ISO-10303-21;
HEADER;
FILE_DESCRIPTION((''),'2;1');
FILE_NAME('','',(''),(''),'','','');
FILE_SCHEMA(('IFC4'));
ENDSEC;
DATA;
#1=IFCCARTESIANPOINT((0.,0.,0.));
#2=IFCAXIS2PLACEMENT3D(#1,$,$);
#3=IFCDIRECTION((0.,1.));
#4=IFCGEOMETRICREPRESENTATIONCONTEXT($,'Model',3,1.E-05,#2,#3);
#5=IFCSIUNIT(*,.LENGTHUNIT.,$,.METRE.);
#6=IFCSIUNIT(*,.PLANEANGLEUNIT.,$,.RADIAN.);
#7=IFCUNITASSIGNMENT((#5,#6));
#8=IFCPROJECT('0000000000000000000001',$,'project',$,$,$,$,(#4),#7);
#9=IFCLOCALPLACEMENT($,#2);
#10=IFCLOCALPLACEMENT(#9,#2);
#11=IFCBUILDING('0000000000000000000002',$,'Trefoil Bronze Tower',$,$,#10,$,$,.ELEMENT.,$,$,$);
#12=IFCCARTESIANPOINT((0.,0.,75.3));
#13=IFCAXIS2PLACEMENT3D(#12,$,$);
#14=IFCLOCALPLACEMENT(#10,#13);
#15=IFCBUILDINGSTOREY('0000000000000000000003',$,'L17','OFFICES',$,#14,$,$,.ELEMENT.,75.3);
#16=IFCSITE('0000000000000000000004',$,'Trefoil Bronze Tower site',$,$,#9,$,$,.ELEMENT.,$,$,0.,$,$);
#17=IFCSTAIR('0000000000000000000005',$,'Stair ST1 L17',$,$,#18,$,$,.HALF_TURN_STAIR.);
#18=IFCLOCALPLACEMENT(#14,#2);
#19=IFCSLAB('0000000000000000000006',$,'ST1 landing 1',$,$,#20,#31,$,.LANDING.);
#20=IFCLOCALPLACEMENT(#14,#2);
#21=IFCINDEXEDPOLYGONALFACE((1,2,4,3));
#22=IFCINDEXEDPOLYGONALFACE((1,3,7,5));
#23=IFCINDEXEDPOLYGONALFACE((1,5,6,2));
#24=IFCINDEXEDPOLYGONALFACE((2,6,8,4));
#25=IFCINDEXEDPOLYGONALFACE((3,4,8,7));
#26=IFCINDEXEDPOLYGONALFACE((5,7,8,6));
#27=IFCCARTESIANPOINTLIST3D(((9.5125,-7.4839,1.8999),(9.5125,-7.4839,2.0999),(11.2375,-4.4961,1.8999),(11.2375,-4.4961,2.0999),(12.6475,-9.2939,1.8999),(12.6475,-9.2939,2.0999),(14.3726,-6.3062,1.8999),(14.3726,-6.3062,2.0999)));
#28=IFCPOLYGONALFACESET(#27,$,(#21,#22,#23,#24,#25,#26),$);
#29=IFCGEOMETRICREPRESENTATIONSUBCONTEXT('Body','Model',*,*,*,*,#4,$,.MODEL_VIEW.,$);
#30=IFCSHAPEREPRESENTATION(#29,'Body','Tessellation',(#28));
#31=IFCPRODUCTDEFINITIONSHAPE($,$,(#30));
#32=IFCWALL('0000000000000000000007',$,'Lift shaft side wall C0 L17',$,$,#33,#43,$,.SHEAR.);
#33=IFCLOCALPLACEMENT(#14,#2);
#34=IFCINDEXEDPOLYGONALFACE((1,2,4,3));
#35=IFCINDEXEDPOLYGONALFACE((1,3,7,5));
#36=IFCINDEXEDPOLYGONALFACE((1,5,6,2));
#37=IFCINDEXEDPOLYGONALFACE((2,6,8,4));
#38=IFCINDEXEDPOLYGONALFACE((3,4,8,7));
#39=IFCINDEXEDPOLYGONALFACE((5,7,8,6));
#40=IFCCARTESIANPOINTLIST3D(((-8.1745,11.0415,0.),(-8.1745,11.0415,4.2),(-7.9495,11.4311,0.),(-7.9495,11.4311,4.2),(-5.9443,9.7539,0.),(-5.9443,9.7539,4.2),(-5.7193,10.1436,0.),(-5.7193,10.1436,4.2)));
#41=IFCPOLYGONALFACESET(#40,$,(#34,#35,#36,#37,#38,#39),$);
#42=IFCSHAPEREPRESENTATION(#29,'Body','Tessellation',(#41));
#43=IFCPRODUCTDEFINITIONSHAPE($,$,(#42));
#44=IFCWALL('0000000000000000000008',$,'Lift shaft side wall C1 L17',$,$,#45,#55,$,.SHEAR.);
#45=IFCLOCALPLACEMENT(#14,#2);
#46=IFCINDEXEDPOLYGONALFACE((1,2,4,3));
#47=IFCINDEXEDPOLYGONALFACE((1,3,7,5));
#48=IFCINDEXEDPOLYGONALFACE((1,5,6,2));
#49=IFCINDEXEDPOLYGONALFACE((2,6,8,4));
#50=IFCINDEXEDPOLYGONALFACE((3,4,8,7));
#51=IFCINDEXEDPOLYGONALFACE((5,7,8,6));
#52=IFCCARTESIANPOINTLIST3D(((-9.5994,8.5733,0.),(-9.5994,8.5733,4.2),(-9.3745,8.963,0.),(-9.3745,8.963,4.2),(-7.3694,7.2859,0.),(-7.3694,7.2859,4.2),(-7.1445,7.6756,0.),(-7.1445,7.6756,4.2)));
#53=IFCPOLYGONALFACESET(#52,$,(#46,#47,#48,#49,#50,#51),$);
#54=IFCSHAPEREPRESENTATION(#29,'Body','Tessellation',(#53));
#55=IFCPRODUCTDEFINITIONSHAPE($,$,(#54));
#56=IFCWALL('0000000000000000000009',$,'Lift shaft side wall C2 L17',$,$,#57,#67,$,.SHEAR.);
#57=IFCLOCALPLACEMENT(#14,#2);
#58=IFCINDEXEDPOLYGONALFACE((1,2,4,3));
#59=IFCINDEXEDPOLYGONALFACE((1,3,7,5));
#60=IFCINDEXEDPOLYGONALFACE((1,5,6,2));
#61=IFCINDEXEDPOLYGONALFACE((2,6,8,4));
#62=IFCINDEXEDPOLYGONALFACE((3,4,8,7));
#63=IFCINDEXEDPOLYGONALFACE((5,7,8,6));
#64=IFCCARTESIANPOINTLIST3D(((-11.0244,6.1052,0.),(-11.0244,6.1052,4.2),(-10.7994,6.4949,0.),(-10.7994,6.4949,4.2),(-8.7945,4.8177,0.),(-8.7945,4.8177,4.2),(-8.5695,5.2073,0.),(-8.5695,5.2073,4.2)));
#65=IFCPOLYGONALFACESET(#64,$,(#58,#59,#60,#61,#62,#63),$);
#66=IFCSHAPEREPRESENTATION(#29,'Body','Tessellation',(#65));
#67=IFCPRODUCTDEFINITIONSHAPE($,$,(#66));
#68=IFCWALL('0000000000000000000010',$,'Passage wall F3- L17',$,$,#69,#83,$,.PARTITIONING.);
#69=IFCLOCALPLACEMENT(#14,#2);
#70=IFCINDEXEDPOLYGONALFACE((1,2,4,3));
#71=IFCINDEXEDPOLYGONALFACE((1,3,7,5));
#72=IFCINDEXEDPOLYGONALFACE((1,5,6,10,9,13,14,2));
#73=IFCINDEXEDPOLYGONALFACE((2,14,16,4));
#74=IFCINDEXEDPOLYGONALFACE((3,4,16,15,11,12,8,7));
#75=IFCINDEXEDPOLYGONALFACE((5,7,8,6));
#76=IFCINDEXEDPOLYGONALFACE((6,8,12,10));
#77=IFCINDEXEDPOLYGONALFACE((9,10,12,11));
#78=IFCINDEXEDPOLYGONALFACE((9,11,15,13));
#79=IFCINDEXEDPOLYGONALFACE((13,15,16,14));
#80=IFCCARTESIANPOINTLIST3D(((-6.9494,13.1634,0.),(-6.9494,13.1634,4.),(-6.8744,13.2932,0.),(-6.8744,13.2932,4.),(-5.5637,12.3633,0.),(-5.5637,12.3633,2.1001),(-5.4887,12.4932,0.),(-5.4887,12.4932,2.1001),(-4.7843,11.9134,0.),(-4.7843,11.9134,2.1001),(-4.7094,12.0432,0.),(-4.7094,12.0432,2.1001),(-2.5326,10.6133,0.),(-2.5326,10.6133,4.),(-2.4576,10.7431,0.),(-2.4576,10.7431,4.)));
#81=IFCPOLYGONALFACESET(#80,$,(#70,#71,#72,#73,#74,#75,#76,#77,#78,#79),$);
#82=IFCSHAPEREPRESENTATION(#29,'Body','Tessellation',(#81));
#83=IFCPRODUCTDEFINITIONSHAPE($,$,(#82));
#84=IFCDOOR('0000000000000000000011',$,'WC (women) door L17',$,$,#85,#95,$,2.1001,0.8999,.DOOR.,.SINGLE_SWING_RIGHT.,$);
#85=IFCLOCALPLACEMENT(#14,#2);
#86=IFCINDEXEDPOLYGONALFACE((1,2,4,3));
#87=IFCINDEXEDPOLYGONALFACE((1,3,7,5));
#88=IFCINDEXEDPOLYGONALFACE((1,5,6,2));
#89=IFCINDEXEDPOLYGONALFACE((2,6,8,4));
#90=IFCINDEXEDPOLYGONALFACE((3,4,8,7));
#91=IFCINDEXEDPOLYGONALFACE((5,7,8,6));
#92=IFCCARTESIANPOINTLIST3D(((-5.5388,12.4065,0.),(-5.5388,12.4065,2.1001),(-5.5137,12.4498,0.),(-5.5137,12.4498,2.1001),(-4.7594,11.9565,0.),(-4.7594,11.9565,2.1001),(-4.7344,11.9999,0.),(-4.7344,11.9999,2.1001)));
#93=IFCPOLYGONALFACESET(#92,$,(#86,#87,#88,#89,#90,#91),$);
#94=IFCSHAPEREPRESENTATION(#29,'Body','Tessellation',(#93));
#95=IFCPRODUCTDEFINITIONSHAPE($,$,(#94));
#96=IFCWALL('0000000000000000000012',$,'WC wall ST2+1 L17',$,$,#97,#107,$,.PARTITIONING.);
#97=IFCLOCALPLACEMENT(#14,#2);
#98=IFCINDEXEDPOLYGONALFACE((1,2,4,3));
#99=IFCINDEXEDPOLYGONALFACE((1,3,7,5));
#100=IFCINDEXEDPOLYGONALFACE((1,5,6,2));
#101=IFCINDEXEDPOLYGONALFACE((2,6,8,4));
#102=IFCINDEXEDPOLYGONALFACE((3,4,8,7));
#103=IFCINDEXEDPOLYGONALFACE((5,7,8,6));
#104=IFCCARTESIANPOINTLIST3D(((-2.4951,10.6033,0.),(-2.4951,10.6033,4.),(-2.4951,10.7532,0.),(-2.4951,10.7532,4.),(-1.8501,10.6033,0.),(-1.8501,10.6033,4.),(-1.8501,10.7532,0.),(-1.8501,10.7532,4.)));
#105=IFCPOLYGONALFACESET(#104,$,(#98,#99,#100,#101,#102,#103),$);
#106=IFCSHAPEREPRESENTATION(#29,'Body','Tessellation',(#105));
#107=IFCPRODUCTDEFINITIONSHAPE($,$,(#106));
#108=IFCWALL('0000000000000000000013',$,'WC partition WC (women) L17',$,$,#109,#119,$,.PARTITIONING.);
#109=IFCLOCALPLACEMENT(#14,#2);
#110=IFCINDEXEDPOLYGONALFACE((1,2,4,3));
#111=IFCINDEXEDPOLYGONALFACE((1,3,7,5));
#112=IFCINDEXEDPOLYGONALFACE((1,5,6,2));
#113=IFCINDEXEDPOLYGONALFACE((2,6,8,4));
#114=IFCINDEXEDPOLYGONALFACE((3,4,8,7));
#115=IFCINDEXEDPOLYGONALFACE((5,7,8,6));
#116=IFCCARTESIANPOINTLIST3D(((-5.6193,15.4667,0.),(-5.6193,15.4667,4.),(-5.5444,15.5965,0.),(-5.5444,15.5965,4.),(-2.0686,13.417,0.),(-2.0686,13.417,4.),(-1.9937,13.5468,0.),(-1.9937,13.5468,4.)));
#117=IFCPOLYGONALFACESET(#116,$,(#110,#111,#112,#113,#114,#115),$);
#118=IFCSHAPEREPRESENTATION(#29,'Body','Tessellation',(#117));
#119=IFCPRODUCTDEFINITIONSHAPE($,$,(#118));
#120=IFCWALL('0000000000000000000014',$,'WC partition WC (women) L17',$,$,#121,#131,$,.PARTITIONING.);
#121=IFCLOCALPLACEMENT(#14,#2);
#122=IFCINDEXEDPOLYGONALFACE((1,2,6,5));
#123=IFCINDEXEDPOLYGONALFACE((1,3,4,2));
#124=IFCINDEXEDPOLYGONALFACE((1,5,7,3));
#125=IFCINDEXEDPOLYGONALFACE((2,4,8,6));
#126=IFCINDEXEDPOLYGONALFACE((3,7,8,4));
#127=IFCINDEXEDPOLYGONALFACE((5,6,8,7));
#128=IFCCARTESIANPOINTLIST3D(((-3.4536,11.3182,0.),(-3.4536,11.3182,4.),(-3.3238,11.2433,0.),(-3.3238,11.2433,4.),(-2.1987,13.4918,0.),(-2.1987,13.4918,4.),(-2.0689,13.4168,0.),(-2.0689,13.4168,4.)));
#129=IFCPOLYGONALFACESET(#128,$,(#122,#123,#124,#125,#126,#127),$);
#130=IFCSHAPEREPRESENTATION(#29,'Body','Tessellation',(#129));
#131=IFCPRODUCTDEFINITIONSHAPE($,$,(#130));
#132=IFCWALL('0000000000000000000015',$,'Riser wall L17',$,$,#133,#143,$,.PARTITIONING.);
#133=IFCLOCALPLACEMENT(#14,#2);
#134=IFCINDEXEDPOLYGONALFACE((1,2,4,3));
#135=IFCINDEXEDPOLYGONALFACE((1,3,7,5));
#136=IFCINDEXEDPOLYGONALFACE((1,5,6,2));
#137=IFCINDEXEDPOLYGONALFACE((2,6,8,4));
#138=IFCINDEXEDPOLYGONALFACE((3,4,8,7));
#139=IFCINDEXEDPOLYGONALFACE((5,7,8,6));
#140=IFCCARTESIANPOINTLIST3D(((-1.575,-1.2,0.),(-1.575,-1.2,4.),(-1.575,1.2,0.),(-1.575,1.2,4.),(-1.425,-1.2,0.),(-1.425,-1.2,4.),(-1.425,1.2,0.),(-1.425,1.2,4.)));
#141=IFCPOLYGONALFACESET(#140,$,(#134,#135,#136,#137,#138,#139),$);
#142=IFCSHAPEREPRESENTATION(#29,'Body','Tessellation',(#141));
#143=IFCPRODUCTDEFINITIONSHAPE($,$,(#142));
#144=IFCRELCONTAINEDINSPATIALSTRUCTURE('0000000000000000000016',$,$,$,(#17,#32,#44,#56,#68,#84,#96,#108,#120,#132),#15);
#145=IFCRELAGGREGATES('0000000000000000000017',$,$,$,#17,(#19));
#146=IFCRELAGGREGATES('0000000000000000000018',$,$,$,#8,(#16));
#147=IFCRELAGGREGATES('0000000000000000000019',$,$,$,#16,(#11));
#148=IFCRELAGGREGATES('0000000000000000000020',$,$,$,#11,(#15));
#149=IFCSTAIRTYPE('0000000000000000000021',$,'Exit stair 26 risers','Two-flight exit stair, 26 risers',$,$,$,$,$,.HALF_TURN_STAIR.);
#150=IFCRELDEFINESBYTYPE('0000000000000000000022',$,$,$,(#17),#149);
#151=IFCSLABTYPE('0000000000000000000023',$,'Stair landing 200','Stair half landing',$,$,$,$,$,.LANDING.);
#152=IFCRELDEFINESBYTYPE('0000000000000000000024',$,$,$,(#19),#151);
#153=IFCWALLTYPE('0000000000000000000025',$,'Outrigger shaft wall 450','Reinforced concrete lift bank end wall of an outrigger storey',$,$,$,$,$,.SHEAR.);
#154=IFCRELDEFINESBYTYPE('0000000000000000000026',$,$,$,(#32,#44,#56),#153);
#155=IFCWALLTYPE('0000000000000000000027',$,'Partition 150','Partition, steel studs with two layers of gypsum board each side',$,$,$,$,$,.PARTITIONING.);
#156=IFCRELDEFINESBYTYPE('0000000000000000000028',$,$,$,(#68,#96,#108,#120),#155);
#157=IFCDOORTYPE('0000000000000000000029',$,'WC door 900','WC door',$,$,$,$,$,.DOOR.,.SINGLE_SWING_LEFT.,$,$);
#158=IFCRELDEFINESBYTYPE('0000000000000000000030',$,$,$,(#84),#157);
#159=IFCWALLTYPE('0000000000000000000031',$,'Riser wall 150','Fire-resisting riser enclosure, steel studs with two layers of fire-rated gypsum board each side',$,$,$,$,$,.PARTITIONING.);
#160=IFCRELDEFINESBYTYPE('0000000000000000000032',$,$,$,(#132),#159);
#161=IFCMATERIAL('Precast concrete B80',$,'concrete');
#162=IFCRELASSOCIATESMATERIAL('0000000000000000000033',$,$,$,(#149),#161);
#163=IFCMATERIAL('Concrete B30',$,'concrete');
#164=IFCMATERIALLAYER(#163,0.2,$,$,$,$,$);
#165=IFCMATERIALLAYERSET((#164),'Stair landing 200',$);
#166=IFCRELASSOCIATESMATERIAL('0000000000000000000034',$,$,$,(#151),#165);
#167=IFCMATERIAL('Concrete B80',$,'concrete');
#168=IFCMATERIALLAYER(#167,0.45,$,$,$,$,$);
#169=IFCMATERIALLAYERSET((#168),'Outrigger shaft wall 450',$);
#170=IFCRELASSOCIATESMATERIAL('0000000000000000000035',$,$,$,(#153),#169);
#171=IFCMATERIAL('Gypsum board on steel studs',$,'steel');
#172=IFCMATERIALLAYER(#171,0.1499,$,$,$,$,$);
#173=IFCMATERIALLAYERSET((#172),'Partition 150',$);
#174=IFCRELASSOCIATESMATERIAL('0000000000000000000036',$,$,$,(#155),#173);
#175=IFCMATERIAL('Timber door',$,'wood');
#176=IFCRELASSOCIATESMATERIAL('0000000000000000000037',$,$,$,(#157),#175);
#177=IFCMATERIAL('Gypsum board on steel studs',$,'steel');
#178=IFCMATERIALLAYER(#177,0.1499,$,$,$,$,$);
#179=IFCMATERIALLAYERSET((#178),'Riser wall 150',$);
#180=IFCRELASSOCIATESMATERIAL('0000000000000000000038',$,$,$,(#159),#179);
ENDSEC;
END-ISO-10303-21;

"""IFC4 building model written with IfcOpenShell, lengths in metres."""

from ifc_helpers import new_model, si_unit, direction, frame, frame_2d, origin, place, context, subcontext, project, spatial, polyline, rectangle, outline, extrude, material, layer, layer_set, type_object, element, fill, aggregate, save


model = new_model("IFC4")

# Units and contexts
model_context = context("Model", 3, precision=1e-05, world=origin(), true_north=direction((0.0, 1.0)))
body_context = subcontext(model_context, "Body", "Model", "MODEL_VIEW")
ifc_project = project(units=[si_unit("LENGTHUNIT", "METRE"), si_unit("PLANEANGLEUNIT", "RADIAN")], contexts=[model_context])

# Site, building, storey
site_placement = place(None, origin())
site = spatial("IfcSite", under=ifc_project, at=site_placement, Name="Trefoil Bronze Tower site", CompositionType="ELEMENT", RefElevation=0.0)
building_placement = place(site_placement, origin())
building = spatial("IfcBuilding", under=site, at=building_placement, Name="Trefoil Bronze Tower", CompositionType="ELEMENT")
storey_placement = place(building_placement, frame((0.0, 0.0, 75.3)))
storey = spatial("IfcBuildingStorey", under=building, at=storey_placement, Name="L17", Description="OFFICES", CompositionType="ELEMENT", Elevation=75.3)

# Stair, slab
ifc_material_1 = material(Name="Precast concrete B80", Category="concrete")
stair_type = type_object("IfcStairType", Name="Exit stair 26 risers", Description="Two-flight exit stair, 26 risers", PredefinedType="HALF_TURN_STAIR", material=ifc_material_1)
stair_1_placement = place(storey_placement, origin())
stair_1 = element("IfcStair", 1, at=stair_1_placement, inside=storey, type_object=stair_type, Name="Stair ST1 L17", PredefinedType="HALF_TURN_STAIR")
ifc_material_2 = material(Name="Concrete B30", Category="concrete")
ifc_layer_1 = layer(ifc_material_2, 0.2)
ifc_layer_set_1 = layer_set([ifc_layer_1], Name="Stair landing 200")
slab_type = type_object("IfcSlabType", Name="Stair landing 200", Description="Stair half landing", PredefinedType="LANDING", material=ifc_layer_set_1)
slab_placement = place(storey_placement, frame((0.0, 0.0, 1.8999)))
slab = element("IfcSlab", 2, at=slab_placement, type_object=slab_type, Name="ST1 landing 1", PredefinedType="LANDING", context=body_context, shape_type="SweptSolid", body=[
    extrude(outline(polyline([(9.5125, -7.4839), (12.6475, -9.2939), (14.3726, -6.3062), (11.2375, -4.4961), (9.5125, -7.4839)])), origin(), (0.0, 0.0, 1.0), 0.2),
])
aggregate(stair_1, [slab])

# Walls
ifc_material_3 = material(Name="Concrete B80", Category="concrete")
ifc_layer_2 = layer(ifc_material_3, 0.45)
ifc_layer_set_2 = layer_set([ifc_layer_2], Name="Outrigger shaft wall 450")
wall_type_1 = type_object("IfcWallType", Name="Outrigger shaft wall 450", Description="Reinforced concrete lift bank end wall of an outrigger storey", PredefinedType="SHEAR", material=ifc_layer_set_2)
wall_1_placement = place(storey_placement, frame((-5.8318, 9.9487, 0.0), z_axis=(0.0, 0.0, 1.0), x_axis=(-0.866029, 0.499993, 0.0)))
element("IfcWall", 3, at=wall_1_placement, inside=storey, type_object=wall_type_1, Name="Lift shaft side wall C0 L17", PredefinedType="SHEAR", context=body_context, shape_type="SweptSolid", body=[
    extrude(rectangle(XDim=2.5752, YDim=0.45, at=frame_2d((1.2876, 0.0))), origin(), (0.0, 0.0, 1.0), 4.2),
])
for number, where, z_axis, x_axis, name in (
    (4, (-7.2568, 7.4807, 0.0), (0.0, 0.0, 1.0), (-0.866047, 0.499963, 0.0), "Lift shaft side wall C1 L17"),
    (5, (-8.6819, 5.0125, 0.0), (0.0, 0.0, 1.0), (-0.866006, 0.500034, 0.0), "Lift shaft side wall C2 L17"),
):
    element("IfcWall", number, at=place(storey_placement, frame(where, z_axis=z_axis, x_axis=x_axis)), inside=storey, type_object=wall_type_1, Name=name, PredefinedType="SHEAR", context=body_context, shape_type="SweptSolid", body=[
        extrude(rectangle(XDim=2.575, YDim=0.45, at=frame_2d((1.2876, 0.0))), origin(), (0.0, 0.0, 1.0), 4.2),
    ])

# Wall, opening, door
ifc_material_4 = material(Name="Gypsum board on steel studs", Category="steel")
ifc_layer_3 = layer(ifc_material_4, 0.1499)
ifc_layer_set_3 = layer_set([ifc_layer_3], Name="Partition 150")
wall_type_2 = type_object("IfcWallType", Name="Partition 150", Description="Partition, steel studs with two layers of gypsum board each side", PredefinedType="PARTITIONING", material=ifc_layer_set_3)
wall_2_placement = place(storey_placement, frame((-2.4951, 10.6782, 0.0), z_axis=(0.0, 0.0, 1.0), x_axis=(-0.866022, 0.500006, 0.0)))
wall_2 = element("IfcWall", 6, at=wall_2_placement, inside=storey, type_object=wall_type_2, Name="Passage wall F3- L17", PredefinedType="PARTITIONING", context=body_context, shape_type="SweptSolid", body=[
    extrude(rectangle(XDim=5.1001, YDim=0.1499, at=frame_2d((2.55, 0.0))), origin(), (0.0, 0.0, 1.0), 4.0),
])
opening_1_placement = place(wall_2_placement, frame((2.6001, 0.0, 0.0)))
opening_1 = element("IfcOpeningElement", 7, at=opening_1_placement, cuts=wall_2, PredefinedType="OPENING", context=body_context, shape_type="SweptSolid", body=[
    extrude(rectangle(XDim=0.8999, YDim=2.1001, at=frame_2d((0.45, 1.05))), frame((0.0, 0.085, 0.0), z_axis=(0.0, -1.0, 0.0), x_axis=(1.0, 0.0, 0.0)), (0.0, 0.0, 1.0), 0.1699),
])
ifc_material_5 = material(Name="Timber door", Category="wood")
door_type_1 = type_object("IfcDoorType", Name="WC door 900", Description="WC door", OperationType="SINGLE_SWING_LEFT", PredefinedType="DOOR", material=ifc_material_5)
door_1_placement = place(opening_1_placement, frame((0.8999, 0.0, 0.0), z_axis=(0.0, 0.0, 1.0), x_axis=(-1.0, 0.0, 0.0)))
door_1 = element("IfcDoor", 8, at=door_1_placement, inside=storey, type_object=door_type_1, Name="WC (women) door L17", OperationType="SINGLE_SWING_RIGHT", OverallHeight=2.1001, OverallWidth=0.8999, PredefinedType="DOOR", context=body_context, shape_type="SweptSolid", body=[
    extrude(rectangle(XDim=0.8999, YDim=2.1001, at=frame_2d((0.45, 1.05))), frame((0.0, 0.0249, 0.0), z_axis=(0.0, -1.0, 0.0), x_axis=(1.0, 0.0, 0.0)), (0.0, 0.0, 1.0), 0.05),
])
fill(opening_1, door_1)

# Walls
wall_3_placement = place(storey_placement, frame((-2.4951, 10.6782, 0.0), z_axis=(0.0, 0.0, 1.0), x_axis=(1.0, 0.0, 0.0)))
element("IfcWall", 9, at=wall_3_placement, inside=storey, type_object=wall_type_2, Name="WC wall ST2+1 L17", PredefinedType="PARTITIONING", context=body_context, shape_type="SweptSolid", body=[
    extrude(rectangle(XDim=0.645, YDim=0.1499, at=frame_2d((0.3225, 0.0))), origin(), (0.0, 0.0, 1.0), 4.0),
])
wall_4_placement = place(storey_placement, frame((-2.0312, 13.4819, 0.0), z_axis=(0.0, 0.0, 1.0), x_axis=(-0.866051, 0.499956, 0.0)))
element("IfcWall", 10, at=wall_4_placement, inside=storey, type_object=wall_type_2, Name="WC partition WC (women) L17", PredefinedType="PARTITIONING", context=body_context, shape_type="SweptSolid", body=[
    extrude(rectangle(XDim=4.0999, YDim=0.1499, at=frame_2d((2.0498, 0.0))), origin(), (0.0, 0.0, 1.0), 4.0),
])
wall_5_placement = place(storey_placement, frame((-3.3887, 11.2808, 0.0), z_axis=(0.0, 0.0, 1.0), x_axis=(0.499989, 0.866032, 0.0)))
element("IfcWall", 11, at=wall_5_placement, inside=storey, type_object=wall_type_2, Name="WC partition WC (women) L17", PredefinedType="PARTITIONING", context=body_context, shape_type="SweptSolid", body=[
    extrude(rectangle(XDim=2.5098, YDim=0.1499, at=frame_2d((1.2549, 0.0))), origin(), (0.0, 0.0, 1.0), 4.0),
])
ifc_material_6 = material(Name="Gypsum board on steel studs", Category="steel")
ifc_layer_4 = layer(ifc_material_6, 0.1499)
ifc_layer_set_4 = layer_set([ifc_layer_4], Name="Riser wall 150")
wall_type_3 = type_object("IfcWallType", Name="Riser wall 150", Description="Fire-resisting riser enclosure, steel studs with two layers of fire-rated gypsum board each side", PredefinedType="PARTITIONING", material=ifc_layer_set_4)
wall_6_placement = place(storey_placement, frame((-1.5, 1.2, 0.0), z_axis=(0.0, 0.0, 1.0), x_axis=(0.0, -1.0, 0.0)))
element("IfcWall", 12, at=wall_6_placement, inside=storey, type_object=wall_type_3, Name="Riser wall L17", PredefinedType="PARTITIONING", context=body_context, shape_type="SweptSolid", body=[
    extrude(rectangle(XDim=2.3999, YDim=0.1499, at=frame_2d((1.2, 0.0))), origin(), (0.0, 0.0, 1.0), 4.0),
])

save(model, "model.ifc")
